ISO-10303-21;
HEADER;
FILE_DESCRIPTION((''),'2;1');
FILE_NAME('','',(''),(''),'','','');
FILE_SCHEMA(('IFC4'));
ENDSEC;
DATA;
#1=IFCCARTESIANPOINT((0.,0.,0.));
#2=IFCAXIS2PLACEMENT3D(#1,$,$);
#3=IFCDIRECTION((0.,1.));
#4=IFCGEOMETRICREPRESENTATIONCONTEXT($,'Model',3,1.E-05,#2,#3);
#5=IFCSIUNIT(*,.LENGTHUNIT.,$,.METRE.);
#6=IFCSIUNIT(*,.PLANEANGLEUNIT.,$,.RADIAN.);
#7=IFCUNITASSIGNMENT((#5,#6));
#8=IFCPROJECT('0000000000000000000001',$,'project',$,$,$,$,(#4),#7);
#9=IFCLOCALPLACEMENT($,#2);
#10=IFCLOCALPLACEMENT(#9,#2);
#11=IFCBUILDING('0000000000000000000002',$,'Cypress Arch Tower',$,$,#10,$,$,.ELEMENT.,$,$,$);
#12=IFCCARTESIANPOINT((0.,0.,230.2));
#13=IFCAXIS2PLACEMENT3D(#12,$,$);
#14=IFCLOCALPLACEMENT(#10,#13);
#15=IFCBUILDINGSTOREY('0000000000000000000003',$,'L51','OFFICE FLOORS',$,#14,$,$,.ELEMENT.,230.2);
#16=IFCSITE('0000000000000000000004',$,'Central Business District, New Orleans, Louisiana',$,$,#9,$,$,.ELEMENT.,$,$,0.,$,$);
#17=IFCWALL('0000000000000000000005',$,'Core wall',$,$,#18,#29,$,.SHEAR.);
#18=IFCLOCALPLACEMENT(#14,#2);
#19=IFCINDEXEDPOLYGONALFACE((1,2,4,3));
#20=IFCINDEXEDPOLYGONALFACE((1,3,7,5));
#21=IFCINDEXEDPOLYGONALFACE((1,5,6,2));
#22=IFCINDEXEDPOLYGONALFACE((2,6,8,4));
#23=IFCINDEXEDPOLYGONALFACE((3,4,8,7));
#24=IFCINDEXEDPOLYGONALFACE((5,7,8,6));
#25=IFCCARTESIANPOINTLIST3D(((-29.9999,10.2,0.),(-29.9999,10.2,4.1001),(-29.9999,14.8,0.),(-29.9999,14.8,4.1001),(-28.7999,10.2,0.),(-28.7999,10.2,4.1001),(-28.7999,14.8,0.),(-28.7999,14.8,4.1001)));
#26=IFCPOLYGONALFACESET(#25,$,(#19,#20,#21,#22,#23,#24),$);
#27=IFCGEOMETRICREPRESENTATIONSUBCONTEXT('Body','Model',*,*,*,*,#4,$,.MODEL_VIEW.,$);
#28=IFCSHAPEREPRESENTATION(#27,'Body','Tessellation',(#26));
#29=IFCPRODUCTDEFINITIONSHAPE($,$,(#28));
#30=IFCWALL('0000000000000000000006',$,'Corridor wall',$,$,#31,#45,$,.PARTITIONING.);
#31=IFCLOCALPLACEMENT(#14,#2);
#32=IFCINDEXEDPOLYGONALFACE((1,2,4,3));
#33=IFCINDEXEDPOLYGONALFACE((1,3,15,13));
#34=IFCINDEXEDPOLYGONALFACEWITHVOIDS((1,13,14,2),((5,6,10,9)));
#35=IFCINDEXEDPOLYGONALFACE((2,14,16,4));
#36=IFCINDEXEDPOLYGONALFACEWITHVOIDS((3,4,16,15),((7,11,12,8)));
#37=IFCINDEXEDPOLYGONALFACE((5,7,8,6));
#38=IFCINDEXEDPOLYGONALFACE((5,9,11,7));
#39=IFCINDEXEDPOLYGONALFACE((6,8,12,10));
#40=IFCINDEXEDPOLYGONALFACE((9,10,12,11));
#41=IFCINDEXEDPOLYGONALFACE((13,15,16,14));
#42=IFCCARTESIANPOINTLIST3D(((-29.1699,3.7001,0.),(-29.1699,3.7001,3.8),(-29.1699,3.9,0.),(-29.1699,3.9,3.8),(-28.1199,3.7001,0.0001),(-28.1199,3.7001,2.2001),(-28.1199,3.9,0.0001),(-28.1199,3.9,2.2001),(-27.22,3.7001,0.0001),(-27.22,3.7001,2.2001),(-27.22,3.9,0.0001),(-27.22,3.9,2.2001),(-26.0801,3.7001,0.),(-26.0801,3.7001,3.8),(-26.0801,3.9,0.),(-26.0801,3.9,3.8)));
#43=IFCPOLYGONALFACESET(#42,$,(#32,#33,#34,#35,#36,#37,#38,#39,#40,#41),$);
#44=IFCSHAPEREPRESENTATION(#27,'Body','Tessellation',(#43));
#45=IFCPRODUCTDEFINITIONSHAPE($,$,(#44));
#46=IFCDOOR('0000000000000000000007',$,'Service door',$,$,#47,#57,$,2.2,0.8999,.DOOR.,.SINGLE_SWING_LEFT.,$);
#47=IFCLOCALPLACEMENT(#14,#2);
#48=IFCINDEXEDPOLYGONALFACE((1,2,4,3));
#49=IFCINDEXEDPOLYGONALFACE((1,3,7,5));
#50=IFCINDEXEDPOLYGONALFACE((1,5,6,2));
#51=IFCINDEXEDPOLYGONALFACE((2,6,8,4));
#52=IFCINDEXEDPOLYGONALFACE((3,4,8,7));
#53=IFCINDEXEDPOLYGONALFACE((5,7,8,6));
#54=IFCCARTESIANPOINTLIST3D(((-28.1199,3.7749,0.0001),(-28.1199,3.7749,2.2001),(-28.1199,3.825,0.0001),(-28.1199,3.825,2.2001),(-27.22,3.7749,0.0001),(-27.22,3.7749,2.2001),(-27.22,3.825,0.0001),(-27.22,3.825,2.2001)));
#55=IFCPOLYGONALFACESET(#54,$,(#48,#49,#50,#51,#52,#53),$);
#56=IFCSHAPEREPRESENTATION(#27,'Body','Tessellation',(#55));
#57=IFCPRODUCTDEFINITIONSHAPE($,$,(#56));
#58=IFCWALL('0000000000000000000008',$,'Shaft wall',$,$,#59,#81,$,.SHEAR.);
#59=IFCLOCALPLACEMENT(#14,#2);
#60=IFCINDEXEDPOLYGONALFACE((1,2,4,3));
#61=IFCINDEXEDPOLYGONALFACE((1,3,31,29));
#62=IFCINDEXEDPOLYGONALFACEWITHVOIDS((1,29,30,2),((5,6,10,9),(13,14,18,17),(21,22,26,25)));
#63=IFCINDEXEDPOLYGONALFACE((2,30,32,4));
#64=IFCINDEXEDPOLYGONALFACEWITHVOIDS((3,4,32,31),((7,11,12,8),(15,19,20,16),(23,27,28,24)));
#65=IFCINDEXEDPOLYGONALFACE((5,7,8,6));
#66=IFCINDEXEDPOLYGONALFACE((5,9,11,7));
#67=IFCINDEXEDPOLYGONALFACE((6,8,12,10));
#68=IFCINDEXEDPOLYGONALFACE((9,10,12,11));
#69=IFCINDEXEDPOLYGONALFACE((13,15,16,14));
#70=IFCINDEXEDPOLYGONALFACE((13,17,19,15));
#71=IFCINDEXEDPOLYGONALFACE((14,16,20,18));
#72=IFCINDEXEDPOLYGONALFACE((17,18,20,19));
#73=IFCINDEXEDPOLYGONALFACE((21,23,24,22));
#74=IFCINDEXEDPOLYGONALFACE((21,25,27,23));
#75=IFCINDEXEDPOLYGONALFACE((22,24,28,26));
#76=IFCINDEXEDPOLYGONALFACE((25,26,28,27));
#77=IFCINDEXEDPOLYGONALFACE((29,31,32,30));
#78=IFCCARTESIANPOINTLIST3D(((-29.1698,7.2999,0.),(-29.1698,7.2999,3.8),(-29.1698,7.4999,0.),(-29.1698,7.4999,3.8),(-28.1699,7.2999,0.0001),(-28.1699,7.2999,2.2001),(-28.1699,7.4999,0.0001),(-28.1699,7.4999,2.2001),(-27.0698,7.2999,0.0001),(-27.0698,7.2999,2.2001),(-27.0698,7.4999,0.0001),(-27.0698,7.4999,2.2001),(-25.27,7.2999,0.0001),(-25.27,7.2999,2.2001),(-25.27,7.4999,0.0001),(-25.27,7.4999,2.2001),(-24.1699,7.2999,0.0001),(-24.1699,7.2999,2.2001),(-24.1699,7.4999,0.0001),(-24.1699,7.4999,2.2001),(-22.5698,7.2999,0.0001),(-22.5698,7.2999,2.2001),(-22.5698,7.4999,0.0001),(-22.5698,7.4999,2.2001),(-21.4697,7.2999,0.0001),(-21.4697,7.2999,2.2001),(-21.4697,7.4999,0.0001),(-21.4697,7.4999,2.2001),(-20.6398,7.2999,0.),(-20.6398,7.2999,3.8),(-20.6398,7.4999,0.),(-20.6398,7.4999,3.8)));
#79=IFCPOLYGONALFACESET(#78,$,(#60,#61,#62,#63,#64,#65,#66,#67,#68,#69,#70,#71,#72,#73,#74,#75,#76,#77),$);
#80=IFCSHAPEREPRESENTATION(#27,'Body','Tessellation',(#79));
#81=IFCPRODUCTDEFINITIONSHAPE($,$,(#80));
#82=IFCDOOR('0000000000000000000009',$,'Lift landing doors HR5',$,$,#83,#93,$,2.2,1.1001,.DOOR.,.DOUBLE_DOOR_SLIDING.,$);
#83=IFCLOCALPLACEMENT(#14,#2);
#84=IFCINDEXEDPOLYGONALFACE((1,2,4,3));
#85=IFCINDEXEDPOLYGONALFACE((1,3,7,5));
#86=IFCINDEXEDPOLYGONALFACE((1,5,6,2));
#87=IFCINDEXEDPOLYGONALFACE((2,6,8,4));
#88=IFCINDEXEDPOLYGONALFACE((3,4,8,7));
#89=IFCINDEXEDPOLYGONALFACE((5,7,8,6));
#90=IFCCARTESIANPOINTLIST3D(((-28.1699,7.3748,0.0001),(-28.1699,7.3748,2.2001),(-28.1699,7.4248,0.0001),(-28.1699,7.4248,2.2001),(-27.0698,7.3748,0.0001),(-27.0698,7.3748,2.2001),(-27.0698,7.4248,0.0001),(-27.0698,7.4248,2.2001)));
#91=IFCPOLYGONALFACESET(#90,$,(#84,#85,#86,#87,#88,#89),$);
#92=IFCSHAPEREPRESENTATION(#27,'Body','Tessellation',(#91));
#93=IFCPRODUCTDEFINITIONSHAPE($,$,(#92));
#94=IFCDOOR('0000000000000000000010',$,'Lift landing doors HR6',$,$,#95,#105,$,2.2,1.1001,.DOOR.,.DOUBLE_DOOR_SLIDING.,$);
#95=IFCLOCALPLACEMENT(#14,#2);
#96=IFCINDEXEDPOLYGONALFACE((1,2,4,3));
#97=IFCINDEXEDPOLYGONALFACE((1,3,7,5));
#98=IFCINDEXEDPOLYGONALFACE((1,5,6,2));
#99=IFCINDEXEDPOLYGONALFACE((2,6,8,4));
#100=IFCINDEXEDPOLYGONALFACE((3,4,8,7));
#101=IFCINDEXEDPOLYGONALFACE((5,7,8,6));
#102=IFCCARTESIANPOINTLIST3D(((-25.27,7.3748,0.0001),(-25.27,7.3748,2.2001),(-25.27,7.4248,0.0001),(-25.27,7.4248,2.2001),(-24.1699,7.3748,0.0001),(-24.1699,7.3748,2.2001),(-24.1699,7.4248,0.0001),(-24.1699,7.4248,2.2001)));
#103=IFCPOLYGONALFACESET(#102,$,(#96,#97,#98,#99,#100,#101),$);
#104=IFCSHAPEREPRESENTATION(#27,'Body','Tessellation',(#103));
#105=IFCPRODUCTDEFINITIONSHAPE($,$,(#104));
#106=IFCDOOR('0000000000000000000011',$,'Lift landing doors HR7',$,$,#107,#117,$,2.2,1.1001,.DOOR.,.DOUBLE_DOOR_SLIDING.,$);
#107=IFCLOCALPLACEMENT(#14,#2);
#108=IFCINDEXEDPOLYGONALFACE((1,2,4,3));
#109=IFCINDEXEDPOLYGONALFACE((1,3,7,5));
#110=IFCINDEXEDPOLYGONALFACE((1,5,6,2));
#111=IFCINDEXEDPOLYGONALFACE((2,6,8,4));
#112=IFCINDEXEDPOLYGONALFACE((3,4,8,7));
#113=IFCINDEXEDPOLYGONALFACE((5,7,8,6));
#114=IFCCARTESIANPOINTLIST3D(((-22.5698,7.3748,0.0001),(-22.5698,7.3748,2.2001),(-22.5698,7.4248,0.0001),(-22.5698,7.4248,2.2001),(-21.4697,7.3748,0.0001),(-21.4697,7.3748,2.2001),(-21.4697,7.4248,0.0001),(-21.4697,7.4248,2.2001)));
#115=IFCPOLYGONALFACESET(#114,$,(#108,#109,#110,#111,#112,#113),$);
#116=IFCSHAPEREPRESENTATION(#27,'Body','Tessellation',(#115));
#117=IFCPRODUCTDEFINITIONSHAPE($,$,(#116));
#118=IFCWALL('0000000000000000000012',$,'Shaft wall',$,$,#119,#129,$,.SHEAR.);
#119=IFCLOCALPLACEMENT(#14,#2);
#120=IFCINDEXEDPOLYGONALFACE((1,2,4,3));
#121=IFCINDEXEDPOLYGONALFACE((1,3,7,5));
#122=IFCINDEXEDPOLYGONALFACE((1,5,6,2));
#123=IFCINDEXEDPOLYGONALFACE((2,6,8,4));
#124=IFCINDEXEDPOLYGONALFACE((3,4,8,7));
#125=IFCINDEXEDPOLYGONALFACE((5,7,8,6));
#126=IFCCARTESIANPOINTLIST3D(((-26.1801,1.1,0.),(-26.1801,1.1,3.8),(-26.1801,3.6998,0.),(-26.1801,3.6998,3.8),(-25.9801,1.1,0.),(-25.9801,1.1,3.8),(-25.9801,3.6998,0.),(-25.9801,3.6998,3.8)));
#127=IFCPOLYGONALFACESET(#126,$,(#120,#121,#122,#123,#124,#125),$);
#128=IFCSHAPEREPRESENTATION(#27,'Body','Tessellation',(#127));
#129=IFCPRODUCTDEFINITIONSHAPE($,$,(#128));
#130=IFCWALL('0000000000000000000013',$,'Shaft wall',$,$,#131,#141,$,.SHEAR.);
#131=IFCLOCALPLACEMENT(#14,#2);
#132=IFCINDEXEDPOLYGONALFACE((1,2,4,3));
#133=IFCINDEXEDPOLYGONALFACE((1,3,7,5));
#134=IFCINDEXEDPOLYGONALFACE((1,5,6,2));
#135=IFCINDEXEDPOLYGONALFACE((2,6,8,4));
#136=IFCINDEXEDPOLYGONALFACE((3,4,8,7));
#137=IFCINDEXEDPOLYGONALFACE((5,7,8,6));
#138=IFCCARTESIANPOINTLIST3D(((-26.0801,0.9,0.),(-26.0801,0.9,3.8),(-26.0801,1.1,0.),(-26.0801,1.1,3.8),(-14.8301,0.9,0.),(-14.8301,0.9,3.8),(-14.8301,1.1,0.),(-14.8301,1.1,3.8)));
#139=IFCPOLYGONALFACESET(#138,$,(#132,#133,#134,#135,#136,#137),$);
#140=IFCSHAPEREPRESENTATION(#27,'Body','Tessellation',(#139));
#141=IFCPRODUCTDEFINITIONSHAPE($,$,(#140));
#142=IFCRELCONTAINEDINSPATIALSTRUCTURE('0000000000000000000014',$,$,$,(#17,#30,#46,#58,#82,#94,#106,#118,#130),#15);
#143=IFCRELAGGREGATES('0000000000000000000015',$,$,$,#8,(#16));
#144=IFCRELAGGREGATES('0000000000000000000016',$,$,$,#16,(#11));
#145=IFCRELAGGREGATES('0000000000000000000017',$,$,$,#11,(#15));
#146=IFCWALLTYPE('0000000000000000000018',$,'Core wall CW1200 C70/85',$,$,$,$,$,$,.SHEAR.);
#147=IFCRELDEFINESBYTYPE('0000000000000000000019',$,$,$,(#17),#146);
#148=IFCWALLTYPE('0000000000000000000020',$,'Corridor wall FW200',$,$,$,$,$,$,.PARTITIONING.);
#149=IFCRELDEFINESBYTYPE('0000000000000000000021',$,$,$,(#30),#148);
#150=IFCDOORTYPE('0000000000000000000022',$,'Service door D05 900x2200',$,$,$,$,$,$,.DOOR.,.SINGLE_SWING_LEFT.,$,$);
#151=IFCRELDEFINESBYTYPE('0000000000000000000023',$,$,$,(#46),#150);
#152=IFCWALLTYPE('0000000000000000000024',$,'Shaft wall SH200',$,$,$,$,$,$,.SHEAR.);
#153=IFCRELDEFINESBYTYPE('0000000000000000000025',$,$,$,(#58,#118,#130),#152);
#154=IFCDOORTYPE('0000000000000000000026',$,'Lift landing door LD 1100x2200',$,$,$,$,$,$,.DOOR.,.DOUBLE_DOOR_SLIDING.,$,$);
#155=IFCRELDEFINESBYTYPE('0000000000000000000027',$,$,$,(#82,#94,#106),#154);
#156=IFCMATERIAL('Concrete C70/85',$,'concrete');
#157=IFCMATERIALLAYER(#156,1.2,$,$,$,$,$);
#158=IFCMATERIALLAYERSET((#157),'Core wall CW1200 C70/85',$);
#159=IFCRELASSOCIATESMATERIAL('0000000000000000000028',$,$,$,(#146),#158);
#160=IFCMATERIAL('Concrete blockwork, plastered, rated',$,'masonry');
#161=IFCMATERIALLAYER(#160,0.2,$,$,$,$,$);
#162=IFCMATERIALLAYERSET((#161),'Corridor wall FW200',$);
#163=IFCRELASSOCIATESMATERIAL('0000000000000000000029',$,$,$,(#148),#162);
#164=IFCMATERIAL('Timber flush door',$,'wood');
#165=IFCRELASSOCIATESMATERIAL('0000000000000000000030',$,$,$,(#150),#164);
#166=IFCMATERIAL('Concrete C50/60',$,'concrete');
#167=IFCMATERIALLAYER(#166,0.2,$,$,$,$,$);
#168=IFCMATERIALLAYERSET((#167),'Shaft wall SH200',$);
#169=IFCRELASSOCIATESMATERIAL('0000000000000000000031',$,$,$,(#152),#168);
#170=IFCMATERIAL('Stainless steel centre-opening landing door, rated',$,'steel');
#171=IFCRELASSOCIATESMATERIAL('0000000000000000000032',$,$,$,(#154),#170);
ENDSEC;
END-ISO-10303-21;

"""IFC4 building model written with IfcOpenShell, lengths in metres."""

from ifc_helpers import new_model, si_unit, direction, frame, frame_2d, origin, place, context, subcontext, project, spatial, rectangle, extrude, material, layer, layer_set, type_object, element, fill, save


model = new_model("IFC4")

# Units and contexts
model_context = context("Model", 3, precision=1e-05, world=origin(), true_north=direction((0.0, 1.0)))
body_context = subcontext(model_context, "Body", "Model", "MODEL_VIEW")
ifc_project = project(units=[si_unit("LENGTHUNIT", "METRE"), si_unit("PLANEANGLEUNIT", "RADIAN")], contexts=[model_context])

# Site, building, storey
site_placement = place(None, origin())
site = spatial("IfcSite", under=ifc_project, at=site_placement, Name="Central Business District, New Orleans, Louisiana", CompositionType="ELEMENT", RefElevation=0.0)
building_placement = place(site_placement, origin())
building = spatial("IfcBuilding", under=site, at=building_placement, Name="Cypress Arch Tower", CompositionType="ELEMENT")
storey_placement = place(building_placement, frame((0.0, 0.0, 230.2)))
storey = spatial("IfcBuildingStorey", under=building, at=storey_placement, Name="L51", Description="OFFICE FLOORS", CompositionType="ELEMENT", Elevation=230.2)

# Wall
ifc_material_1 = material(Name="Concrete C70/85", Category="concrete")
ifc_layer_1 = layer(ifc_material_1, 1.2)
ifc_layer_set_1 = layer_set([ifc_layer_1], Name="Core wall CW1200 C70/85")
wall_type_1 = type_object("IfcWallType", Name="Core wall CW1200 C70/85", PredefinedType="SHEAR", material=ifc_layer_set_1)
wall_1_placement = place(storey_placement, frame((-29.3999, 10.2, 0.0), z_axis=(0.0, 0.0, 1.0), x_axis=(0.0, 1.0, 0.0)))
element("IfcWall", 1, at=wall_1_placement, inside=storey, type_object=wall_type_1, Name="Core wall", PredefinedType="SHEAR", context=body_context, shape_type="SweptSolid", body=[
    extrude(rectangle(XDim=4.6001, YDim=1.2, at=frame_2d((2.3, 0.0))), origin(), (0.0, 0.0, 1.0), 4.1001),
])

# Wall, opening, door
ifc_material_2 = material(Name="Concrete blockwork, plastered, rated", Category="masonry")
ifc_layer_2 = layer(ifc_material_2, 0.2)
ifc_layer_set_2 = layer_set([ifc_layer_2], Name="Corridor wall FW200")
wall_type_2 = type_object("IfcWallType", Name="Corridor wall FW200", PredefinedType="PARTITIONING", material=ifc_layer_set_2)
wall_2_placement = place(storey_placement, frame((-29.1699, 3.8, 0.0), z_axis=(0.0, 0.0, 1.0), x_axis=(1.0, 0.0, 0.0)))
wall_2 = element("IfcWall", 2, at=wall_2_placement, inside=storey, type_object=wall_type_2, Name="Corridor wall", PredefinedType="PARTITIONING", context=body_context, shape_type="SweptSolid", body=[
    extrude(rectangle(XDim=3.0898, YDim=0.2, at=frame_2d((1.5449, 0.0))), origin(), (0.0, 0.0, 1.0), 3.8),
])
opening_1_placement = place(wall_2_placement, frame((1.05, 0.0, 0.0)))
opening_1 = element("IfcOpeningElement", 3, at=opening_1_placement, cuts=wall_2, PredefinedType="OPENING", context=body_context, shape_type="SweptSolid", body=[
    extrude(rectangle(XDim=0.8999, YDim=2.2, at=frame_2d((0.45, 1.1001))), frame((0.0, 0.1099, 0.0), z_axis=(0.0, -1.0, 0.0), x_axis=(1.0, 0.0, 0.0)), (0.0, 0.0, 1.0), 0.22),
])
ifc_material_3 = material(Name="Timber flush door", Category="wood")
door_type_1 = type_object("IfcDoorType", Name="Service door D05 900x2200", OperationType="SINGLE_SWING_LEFT", PredefinedType="DOOR", material=ifc_material_3)
door_1_placement = place(opening_1_placement, origin())
door_1 = element("IfcDoor", 4, at=door_1_placement, inside=storey, type_object=door_type_1, Name="Service door", OperationType="SINGLE_SWING_LEFT", OverallHeight=2.2, OverallWidth=0.8999, PredefinedType="DOOR", context=body_context, shape_type="SweptSolid", body=[
    extrude(rectangle(XDim=0.8999, YDim=2.2, at=frame_2d((0.45, 1.1001))), frame((0.0, 0.0249, 0.0), z_axis=(0.0, -1.0, 0.0), x_axis=(1.0, 0.0, 0.0)), (0.0, 0.0, 1.0), 0.05),
])
fill(opening_1, door_1)

# Wall, openings, doors
ifc_material_4 = material(Name="Concrete C50/60", Category="concrete")
ifc_layer_3 = layer(ifc_material_4, 0.2)
ifc_layer_set_3 = layer_set([ifc_layer_3], Name="Shaft wall SH200")
wall_type_3 = type_object("IfcWallType", Name="Shaft wall SH200", PredefinedType="SHEAR", material=ifc_layer_set_3)
wall_3_placement = place(storey_placement, frame((-29.1699, 7.3999, 0.0), z_axis=(0.0, 0.0, 1.0), x_axis=(1.0, 0.0, 0.0)))
wall_3 = element("IfcWall", 5, at=wall_3_placement, inside=storey, type_object=wall_type_3, Name="Shaft wall", PredefinedType="SHEAR", context=body_context, shape_type="SweptSolid", body=[
    extrude(rectangle(XDim=8.53, YDim=0.2, at=frame_2d((4.2651, 0.0))), origin(), (0.0, 0.0, 1.0), 3.8),
])
opening_2_placement = place(wall_3_placement, frame((1.0, 0.0, 0.0)))
opening_2 = element("IfcOpeningElement", 6, at=opening_2_placement, cuts=wall_3, PredefinedType="OPENING", context=body_context, shape_type="SweptSolid", body=[
    extrude(rectangle(XDim=1.1001, YDim=2.2, at=frame_2d((0.55, 1.1001))), frame((0.0, 0.1099, 0.0), z_axis=(0.0, -1.0, 0.0), x_axis=(1.0, 0.0, 0.0)), (0.0, 0.0, 1.0), 0.22),
])
opening_3_placement = place(wall_3_placement, frame((3.8999, 0.0, 0.0)))
opening_3 = element("IfcOpeningElement", 7, at=opening_3_placement, cuts=wall_3, PredefinedType="OPENING", context=body_context, shape_type="SweptSolid", body=[
    extrude(rectangle(XDim=1.1001, YDim=2.2, at=frame_2d((0.55, 1.1001))), frame((0.0, 0.1099, 0.0), z_axis=(0.0, -1.0, 0.0), x_axis=(1.0, 0.0, 0.0)), (0.0, 0.0, 1.0), 0.22),
])
opening_4_placement = place(wall_3_placement, frame((6.6001, 0.0, 0.0)))
opening_4 = element("IfcOpeningElement", 8, at=opening_4_placement, cuts=wall_3, PredefinedType="OPENING", context=body_context, shape_type="SweptSolid", body=[
    extrude(rectangle(XDim=1.1001, YDim=2.2, at=frame_2d((0.55, 1.1001))), frame((0.0, 0.1099, 0.0), z_axis=(0.0, -1.0, 0.0), x_axis=(1.0, 0.0, 0.0)), (0.0, 0.0, 1.0), 0.22),
])
ifc_material_5 = material(Name="Stainless steel centre-opening landing door, rated", Category="steel")
door_type_2 = type_object("IfcDoorType", Name="Lift landing door LD 1100x2200", OperationType="DOUBLE_DOOR_SLIDING", PredefinedType="DOOR", material=ifc_material_5)
door_2_placement = place(opening_2_placement, origin())
door_2 = element("IfcDoor", 9, at=door_2_placement, inside=storey, type_object=door_type_2, Name="Lift landing doors HR5", OperationType="DOUBLE_DOOR_SLIDING", OverallHeight=2.2, OverallWidth=1.1001, PredefinedType="DOOR", context=body_context, shape_type="SweptSolid", body=[
    extrude(rectangle(XDim=1.1001, YDim=2.2, at=frame_2d((0.55, 1.1001))), frame((0.0, 0.0249, 0.0), z_axis=(0.0, -1.0, 0.0), x_axis=(1.0, 0.0, 0.0)), (0.0, 0.0, 1.0), 0.05),
])
fill(opening_2, door_2)
door_3_placement = place(opening_3_placement, origin())
door_3 = element("IfcDoor", 10, at=door_3_placement, inside=storey, type_object=door_type_2, Name="Lift landing doors HR6", OperationType="DOUBLE_DOOR_SLIDING", OverallHeight=2.2, OverallWidth=1.1001, PredefinedType="DOOR", context=body_context, shape_type="SweptSolid", body=[
    extrude(rectangle(XDim=1.1001, YDim=2.2, at=frame_2d((0.55, 1.1001))), frame((0.0, 0.0249, 0.0), z_axis=(0.0, -1.0, 0.0), x_axis=(1.0, 0.0, 0.0)), (0.0, 0.0, 1.0), 0.05),
])
fill(opening_3, door_3)
door_4_placement = place(opening_4_placement, origin())
door_4 = element("IfcDoor", 11, at=door_4_placement, inside=storey, type_object=door_type_2, Name="Lift landing doors HR7", OperationType="DOUBLE_DOOR_SLIDING", OverallHeight=2.2, OverallWidth=1.1001, PredefinedType="DOOR", context=body_context, shape_type="SweptSolid", body=[
    extrude(rectangle(XDim=1.1001, YDim=2.2, at=frame_2d((0.55, 1.1001))), frame((0.0, 0.0249, 0.0), z_axis=(0.0, -1.0, 0.0), x_axis=(1.0, 0.0, 0.0)), (0.0, 0.0, 1.0), 0.05),
])
fill(opening_4, door_4)

# Walls
wall_4_placement = place(storey_placement, frame((-26.0801, 1.1001, 0.0), z_axis=(0.0, 0.0, 1.0), x_axis=(0.0, 1.0, 0.0)))
element("IfcWall", 12, at=wall_4_placement, inside=storey, type_object=wall_type_3, Name="Shaft wall", PredefinedType="SHEAR", context=body_context, shape_type="SweptSolid", body=[
    extrude(rectangle(XDim=2.5999, YDim=0.2, at=frame_2d((1.2998, 0.0))), origin(), (0.0, 0.0, 1.0), 3.8),
])
wall_5_placement = place(storey_placement, frame((-26.0801, 1.0, 0.0), z_axis=(0.0, 0.0, 1.0), x_axis=(1.0, 0.0, 0.0)))
element("IfcWall", 13, at=wall_5_placement, inside=storey, type_object=wall_type_3, Name="Shaft wall", PredefinedType="SHEAR", context=body_context, shape_type="SweptSolid", body=[
    extrude(rectangle(XDim=11.25, YDim=0.2, at=frame_2d((5.625, 0.0))), origin(), (0.0, 0.0, 1.0), 3.8),
])

save(model, "model.ifc")
